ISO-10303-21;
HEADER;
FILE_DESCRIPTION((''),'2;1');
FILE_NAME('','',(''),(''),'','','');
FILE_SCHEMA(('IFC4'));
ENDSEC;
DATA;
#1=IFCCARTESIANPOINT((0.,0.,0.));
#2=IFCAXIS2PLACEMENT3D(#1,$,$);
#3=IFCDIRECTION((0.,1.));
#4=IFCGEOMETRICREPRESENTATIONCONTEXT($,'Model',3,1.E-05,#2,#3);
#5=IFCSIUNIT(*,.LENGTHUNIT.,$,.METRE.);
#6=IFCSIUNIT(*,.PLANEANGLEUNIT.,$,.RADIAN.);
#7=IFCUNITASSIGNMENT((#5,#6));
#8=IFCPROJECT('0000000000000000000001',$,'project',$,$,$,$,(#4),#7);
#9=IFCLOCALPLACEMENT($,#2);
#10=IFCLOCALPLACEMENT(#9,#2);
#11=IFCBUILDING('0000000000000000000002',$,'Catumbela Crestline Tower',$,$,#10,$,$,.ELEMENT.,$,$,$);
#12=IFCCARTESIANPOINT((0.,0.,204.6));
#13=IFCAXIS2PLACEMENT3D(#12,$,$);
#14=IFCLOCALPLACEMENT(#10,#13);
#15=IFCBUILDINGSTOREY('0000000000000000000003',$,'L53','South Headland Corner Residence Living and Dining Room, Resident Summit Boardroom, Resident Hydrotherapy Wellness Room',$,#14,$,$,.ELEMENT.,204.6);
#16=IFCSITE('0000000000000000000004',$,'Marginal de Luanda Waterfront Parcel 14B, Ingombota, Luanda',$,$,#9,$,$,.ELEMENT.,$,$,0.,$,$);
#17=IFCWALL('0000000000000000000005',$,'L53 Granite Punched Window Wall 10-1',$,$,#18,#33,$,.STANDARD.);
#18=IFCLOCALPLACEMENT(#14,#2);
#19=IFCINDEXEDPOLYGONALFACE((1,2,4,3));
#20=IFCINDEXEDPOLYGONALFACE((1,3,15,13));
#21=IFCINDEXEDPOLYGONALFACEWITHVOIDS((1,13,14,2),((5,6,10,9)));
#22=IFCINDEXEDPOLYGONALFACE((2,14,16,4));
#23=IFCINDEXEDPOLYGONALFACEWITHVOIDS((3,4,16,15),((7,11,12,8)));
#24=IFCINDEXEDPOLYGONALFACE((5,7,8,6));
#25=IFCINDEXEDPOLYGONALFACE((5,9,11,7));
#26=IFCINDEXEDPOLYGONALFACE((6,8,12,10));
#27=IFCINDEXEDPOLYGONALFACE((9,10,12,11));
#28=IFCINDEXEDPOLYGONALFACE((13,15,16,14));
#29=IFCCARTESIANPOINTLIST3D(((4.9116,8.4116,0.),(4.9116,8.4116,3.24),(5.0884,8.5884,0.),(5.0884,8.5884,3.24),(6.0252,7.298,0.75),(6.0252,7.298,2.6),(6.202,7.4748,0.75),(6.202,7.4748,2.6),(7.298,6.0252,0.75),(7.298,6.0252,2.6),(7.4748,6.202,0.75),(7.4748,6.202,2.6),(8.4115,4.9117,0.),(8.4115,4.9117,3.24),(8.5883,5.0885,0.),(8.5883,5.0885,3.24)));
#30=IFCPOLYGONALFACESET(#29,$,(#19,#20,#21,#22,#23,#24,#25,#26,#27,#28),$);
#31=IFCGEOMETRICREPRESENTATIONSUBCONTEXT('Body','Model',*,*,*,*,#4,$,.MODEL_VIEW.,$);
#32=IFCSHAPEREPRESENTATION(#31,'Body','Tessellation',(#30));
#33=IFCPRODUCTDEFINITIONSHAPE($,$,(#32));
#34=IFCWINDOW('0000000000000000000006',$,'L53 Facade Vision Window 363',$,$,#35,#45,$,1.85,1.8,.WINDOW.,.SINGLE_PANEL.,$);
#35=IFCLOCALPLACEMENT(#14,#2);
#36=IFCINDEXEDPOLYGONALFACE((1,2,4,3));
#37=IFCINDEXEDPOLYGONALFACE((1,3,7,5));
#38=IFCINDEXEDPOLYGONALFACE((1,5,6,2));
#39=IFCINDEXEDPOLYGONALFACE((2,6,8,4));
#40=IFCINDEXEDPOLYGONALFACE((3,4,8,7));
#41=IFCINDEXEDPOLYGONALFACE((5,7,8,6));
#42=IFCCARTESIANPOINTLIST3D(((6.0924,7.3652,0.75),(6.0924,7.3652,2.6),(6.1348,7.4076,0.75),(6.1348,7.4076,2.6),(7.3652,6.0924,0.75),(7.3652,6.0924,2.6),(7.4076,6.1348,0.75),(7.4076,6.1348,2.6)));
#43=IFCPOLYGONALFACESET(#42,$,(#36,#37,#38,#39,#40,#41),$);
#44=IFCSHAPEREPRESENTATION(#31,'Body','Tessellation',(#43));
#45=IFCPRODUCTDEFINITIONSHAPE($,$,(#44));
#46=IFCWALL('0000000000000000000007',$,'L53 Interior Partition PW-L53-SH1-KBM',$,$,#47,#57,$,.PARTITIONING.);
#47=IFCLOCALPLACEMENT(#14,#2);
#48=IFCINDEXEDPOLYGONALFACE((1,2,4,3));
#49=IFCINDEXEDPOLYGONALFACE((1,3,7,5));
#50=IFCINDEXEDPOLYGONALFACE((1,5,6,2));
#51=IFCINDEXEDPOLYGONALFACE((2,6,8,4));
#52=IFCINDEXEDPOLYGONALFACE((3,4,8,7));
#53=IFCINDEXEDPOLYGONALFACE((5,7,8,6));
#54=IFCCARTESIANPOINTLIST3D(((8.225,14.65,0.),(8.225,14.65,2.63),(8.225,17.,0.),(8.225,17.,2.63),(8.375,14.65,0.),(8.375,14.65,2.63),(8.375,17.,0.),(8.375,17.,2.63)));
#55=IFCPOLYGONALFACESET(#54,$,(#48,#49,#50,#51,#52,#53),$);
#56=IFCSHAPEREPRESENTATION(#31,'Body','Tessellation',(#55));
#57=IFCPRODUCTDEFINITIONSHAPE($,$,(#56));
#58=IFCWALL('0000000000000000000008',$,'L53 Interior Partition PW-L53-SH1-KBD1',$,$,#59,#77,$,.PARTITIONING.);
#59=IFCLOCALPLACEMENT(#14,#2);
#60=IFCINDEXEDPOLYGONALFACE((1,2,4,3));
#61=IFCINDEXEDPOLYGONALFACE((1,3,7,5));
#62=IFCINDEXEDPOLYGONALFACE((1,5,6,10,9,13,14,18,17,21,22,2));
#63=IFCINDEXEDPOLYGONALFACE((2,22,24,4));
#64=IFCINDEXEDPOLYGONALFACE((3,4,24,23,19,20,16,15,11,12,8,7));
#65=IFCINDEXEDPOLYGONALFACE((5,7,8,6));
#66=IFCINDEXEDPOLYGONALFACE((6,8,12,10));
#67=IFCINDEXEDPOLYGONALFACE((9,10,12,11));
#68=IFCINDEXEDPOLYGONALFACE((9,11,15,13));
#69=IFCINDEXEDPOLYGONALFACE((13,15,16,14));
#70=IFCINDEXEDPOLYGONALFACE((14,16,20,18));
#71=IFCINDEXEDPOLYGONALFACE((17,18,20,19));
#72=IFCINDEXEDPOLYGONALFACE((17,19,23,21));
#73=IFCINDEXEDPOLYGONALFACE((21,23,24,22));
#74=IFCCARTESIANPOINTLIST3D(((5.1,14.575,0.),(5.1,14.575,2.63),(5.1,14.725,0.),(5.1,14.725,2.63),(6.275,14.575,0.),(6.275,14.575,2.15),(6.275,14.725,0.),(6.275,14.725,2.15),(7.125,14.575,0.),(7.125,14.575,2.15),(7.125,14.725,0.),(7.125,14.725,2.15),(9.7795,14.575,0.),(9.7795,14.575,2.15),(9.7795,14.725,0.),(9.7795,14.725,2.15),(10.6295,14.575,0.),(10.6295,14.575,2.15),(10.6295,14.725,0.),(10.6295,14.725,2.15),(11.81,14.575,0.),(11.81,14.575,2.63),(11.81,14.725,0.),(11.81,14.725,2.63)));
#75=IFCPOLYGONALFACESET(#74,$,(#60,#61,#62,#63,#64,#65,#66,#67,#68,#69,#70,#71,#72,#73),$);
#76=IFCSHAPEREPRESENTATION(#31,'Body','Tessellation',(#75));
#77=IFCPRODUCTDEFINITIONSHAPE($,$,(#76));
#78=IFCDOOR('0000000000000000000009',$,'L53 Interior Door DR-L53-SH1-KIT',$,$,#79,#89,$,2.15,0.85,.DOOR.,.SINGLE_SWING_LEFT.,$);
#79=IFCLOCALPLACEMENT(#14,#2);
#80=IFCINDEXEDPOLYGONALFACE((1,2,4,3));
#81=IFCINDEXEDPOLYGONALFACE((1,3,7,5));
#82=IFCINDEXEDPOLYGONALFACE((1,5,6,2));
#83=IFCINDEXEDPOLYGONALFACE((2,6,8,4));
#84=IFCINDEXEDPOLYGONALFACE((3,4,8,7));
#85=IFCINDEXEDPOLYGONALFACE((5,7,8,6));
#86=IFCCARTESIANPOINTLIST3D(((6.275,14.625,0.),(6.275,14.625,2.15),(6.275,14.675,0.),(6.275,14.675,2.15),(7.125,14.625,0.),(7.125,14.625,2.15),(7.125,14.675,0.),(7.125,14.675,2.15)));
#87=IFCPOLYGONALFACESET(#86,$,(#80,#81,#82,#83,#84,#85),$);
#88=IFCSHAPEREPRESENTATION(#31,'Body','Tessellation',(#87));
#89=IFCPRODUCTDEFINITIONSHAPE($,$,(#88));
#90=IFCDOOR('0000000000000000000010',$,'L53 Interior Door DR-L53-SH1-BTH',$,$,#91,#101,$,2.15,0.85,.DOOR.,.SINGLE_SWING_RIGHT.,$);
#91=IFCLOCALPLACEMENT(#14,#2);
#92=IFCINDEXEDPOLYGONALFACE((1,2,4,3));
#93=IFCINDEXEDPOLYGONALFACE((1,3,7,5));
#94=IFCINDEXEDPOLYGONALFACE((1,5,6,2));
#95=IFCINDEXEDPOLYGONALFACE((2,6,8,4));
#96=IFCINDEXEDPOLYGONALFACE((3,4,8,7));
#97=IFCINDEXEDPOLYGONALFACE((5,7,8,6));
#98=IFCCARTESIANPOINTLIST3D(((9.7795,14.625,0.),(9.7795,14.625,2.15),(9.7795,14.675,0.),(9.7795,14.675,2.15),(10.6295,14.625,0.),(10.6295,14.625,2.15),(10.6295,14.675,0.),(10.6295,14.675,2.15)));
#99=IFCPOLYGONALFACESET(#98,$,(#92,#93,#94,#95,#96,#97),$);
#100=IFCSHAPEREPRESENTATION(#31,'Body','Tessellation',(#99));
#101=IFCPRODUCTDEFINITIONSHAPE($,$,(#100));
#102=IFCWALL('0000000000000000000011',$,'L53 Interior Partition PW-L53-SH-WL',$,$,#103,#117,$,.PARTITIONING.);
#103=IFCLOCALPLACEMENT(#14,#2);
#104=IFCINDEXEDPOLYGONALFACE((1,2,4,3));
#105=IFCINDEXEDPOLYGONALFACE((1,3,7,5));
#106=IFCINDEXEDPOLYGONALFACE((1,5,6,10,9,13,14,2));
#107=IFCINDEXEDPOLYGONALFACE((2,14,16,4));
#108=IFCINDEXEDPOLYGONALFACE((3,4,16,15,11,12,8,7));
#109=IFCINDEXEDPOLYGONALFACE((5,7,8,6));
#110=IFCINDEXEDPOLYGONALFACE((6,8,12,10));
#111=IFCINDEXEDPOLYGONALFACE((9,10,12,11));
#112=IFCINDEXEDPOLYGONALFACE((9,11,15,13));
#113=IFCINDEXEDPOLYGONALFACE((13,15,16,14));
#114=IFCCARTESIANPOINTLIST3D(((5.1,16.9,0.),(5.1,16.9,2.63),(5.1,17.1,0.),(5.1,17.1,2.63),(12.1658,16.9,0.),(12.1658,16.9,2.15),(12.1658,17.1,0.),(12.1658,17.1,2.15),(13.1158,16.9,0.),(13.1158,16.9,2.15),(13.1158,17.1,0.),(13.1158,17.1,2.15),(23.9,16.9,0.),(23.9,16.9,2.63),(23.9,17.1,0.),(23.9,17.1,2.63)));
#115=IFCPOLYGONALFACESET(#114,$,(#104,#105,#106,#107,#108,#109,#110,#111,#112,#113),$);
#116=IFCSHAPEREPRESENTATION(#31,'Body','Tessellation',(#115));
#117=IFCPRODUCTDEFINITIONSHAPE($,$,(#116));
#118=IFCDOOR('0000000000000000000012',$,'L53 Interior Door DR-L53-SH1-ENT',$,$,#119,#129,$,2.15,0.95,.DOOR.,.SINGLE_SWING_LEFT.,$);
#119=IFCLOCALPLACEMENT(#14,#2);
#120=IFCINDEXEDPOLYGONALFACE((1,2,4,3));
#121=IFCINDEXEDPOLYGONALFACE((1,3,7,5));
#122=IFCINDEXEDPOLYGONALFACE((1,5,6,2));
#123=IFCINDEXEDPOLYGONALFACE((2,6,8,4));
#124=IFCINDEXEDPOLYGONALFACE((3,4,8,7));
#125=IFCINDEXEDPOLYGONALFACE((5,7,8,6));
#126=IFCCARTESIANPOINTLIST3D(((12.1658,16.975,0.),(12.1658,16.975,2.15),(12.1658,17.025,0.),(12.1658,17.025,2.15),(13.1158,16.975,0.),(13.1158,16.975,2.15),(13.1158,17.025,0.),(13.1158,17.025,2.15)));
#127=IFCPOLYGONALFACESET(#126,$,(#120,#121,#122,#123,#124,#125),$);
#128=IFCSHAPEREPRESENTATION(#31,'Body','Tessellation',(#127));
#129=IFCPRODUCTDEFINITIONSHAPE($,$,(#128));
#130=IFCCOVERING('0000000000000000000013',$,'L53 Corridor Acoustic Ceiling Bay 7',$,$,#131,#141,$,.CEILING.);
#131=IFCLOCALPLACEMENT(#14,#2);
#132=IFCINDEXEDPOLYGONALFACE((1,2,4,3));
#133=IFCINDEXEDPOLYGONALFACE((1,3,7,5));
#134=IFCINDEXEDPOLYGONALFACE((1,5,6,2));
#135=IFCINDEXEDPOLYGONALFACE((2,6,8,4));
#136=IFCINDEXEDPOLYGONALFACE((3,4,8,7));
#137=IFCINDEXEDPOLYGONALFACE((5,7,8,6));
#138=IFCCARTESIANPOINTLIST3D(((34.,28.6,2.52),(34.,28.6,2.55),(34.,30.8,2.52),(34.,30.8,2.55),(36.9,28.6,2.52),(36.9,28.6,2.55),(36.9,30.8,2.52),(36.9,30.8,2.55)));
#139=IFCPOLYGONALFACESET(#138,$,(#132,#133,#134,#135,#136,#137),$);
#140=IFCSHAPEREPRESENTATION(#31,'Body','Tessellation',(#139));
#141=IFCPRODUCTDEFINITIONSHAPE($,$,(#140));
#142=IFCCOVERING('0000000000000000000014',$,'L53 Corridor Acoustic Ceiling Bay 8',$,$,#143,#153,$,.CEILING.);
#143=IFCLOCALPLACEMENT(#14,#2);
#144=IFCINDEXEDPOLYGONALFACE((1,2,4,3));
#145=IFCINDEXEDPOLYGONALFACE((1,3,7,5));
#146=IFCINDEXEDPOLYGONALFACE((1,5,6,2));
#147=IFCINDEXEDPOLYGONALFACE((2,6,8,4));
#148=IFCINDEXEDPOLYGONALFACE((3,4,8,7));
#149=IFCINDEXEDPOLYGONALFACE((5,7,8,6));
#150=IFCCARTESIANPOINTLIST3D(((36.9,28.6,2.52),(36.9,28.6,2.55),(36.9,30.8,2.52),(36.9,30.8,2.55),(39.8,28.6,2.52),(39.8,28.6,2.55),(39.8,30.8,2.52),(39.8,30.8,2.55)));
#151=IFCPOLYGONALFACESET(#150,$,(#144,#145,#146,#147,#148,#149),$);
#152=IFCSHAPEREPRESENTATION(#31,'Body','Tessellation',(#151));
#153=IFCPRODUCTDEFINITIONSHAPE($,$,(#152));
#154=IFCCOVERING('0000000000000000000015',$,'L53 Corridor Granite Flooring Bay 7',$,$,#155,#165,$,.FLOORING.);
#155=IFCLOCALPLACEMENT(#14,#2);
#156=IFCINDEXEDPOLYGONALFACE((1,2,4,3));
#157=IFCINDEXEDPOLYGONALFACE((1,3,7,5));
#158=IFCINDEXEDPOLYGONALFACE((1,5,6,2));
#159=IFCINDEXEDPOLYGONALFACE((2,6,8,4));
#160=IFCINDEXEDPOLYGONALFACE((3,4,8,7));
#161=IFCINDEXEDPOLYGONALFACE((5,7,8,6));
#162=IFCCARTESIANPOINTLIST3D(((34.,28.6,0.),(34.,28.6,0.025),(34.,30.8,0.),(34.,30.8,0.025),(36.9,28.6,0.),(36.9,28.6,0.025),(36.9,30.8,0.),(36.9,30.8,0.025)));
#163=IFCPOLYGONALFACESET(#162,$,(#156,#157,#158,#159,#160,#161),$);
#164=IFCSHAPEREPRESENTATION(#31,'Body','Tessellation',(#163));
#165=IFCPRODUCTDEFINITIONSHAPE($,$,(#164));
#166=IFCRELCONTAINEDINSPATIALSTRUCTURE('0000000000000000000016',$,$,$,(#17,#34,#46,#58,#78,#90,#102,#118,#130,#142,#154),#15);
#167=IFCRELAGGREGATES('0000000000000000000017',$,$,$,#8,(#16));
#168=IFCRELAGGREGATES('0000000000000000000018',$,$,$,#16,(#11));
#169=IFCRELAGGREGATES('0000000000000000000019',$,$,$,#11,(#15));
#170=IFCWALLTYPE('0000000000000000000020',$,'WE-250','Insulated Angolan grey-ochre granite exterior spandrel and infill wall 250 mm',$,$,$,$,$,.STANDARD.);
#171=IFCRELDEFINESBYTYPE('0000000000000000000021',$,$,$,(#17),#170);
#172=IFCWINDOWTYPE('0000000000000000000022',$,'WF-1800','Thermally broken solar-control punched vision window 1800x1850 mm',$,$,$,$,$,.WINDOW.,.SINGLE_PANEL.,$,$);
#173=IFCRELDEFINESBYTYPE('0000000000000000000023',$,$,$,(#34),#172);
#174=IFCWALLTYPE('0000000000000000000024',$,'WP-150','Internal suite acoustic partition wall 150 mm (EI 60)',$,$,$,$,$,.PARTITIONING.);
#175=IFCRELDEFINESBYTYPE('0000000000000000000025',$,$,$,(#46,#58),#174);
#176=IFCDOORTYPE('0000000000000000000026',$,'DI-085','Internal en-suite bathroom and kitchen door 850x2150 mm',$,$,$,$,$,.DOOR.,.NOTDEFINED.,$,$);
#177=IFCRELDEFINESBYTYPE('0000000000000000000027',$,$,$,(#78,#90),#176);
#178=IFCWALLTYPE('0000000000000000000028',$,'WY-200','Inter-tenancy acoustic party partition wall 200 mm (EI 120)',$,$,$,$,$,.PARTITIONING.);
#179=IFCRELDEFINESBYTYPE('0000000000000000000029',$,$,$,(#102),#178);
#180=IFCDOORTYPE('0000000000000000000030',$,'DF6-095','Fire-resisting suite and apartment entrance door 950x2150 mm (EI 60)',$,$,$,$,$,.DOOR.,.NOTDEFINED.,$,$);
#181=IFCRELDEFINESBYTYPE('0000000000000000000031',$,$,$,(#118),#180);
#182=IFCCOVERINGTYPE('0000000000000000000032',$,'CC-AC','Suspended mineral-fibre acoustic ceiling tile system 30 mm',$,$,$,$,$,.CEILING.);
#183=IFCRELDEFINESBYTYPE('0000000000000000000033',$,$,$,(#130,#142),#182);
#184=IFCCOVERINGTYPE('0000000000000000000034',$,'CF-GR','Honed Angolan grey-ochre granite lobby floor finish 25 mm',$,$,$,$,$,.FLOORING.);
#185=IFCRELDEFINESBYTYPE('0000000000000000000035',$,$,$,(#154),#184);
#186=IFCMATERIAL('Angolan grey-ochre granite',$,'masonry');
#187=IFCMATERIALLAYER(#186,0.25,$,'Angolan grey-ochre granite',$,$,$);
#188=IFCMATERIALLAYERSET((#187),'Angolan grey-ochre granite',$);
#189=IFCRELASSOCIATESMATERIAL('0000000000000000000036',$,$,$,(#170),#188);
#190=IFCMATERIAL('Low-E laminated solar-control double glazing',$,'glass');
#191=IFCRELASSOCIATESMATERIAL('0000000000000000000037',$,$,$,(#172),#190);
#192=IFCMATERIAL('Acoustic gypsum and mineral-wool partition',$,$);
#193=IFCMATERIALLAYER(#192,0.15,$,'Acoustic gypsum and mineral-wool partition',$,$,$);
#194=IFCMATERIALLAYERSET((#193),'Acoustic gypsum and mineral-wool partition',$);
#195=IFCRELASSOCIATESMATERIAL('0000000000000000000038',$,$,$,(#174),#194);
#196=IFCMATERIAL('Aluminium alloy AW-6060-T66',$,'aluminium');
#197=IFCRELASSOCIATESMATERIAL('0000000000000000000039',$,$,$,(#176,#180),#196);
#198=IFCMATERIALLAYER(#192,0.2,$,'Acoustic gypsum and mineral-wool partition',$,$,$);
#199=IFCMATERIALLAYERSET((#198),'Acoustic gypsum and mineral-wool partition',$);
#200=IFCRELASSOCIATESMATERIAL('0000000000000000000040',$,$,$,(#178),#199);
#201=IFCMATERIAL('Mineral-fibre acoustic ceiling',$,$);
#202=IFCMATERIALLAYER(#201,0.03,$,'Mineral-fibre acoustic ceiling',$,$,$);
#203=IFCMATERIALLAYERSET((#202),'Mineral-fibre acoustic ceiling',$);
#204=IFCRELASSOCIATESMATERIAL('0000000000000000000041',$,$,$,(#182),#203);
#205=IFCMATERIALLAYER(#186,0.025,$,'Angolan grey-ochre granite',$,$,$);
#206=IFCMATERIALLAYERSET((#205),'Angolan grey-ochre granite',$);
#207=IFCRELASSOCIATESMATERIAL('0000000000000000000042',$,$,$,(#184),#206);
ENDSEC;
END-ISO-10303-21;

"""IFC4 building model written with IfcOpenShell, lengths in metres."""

from ifc_helpers import new_model, si_unit, direction, frame, frame_2d, origin, place, context, subcontext, project, spatial, polyline, rectangle, outline, extrude, material, layer, layer_set, type_object, element, fill, save


model = new_model("IFC4")

# Units and contexts
model_context = context("Model", 3, precision=1e-05, world=origin(), true_north=direction((0.0, 1.0)))
body_context = subcontext(model_context, "Body", "Model", "MODEL_VIEW")
ifc_project = project(units=[si_unit("LENGTHUNIT", "METRE"), si_unit("PLANEANGLEUNIT", "RADIAN")], contexts=[model_context])

# Site, building, storey
site_placement = place(None, origin())
site = spatial("IfcSite", under=ifc_project, at=site_placement, Name="Marginal de Luanda Waterfront Parcel 14B, Ingombota, Luanda", CompositionType="ELEMENT", RefElevation=0.0)
building_placement = place(site_placement, origin())
building = spatial("IfcBuilding", under=site, at=building_placement, Name="Catumbela Crestline Tower", CompositionType="ELEMENT")
storey_placement = place(building_placement, frame((0.0, 0.0, 204.6)))
storey = spatial("IfcBuildingStorey", under=building, at=storey_placement, Name="L53", Description="South Headland Corner Residence Living and Dining Room, Resident Summit Boardroom, Resident Hydrotherapy Wellness Room", CompositionType="ELEMENT", Elevation=204.6)

# Shared definitions
ifc_material_1 = material(Name="Aluminium alloy AW-6060-T66", Category="aluminium")
ifc_material_2 = material(Name="Low-E laminated solar-control double glazing", Category="glass")

# Wall, opening, window
ifc_material_3 = material(Name="Angolan grey-ochre granite", Category="masonry")
ifc_layer_1 = layer(ifc_material_3, 0.25, Name="Angolan grey-ochre granite")
ifc_layer_set_1 = layer_set([ifc_layer_1], Name="Angolan grey-ochre granite")
wall_type_1 = type_object("IfcWallType", Name="WE-250", Description="Insulated Angolan grey-ochre granite exterior spandrel and infill wall 250 mm", PredefinedType="STANDARD", material=ifc_layer_set_1)
wall_1_placement = place(storey_placement, frame((5.0, 8.5, 0.0), z_axis=(0.0, 0.0, 1.0), x_axis=(0.707107, -0.707107, 0.0)))
wall_1 = element("IfcWall", 1, at=wall_1_placement, inside=storey, type_object=wall_type_1, Name="L53 Granite Punched Window Wall 10-1", PredefinedType="STANDARD", context=body_context, shape_type="SweptSolid", body=[
    extrude(rectangle(XDim=4.9497, YDim=0.25, at=frame_2d((2.4748, 0.0))), origin(), (0.0, 0.0, 1.0), 3.24),
])
opening_1_placement = place(wall_1_placement, frame((1.5749, 0.0, 0.75)))
opening_1 = element("IfcOpeningElement", 2, at=opening_1_placement, cuts=wall_1, PredefinedType="OPENING", context=body_context, shape_type="SweptSolid", body=[
    extrude(rectangle(XDim=1.8, YDim=1.85, at=frame_2d((0.9, 0.925))), frame((0.0, 0.135, 0.0), z_axis=(0.0, -1.0, 0.0), x_axis=(1.0, 0.0, 0.0)), (0.0, 0.0, 1.0), 0.27),
])
window_type_1 = type_object("IfcWindowType", Name="WF-1800", Description="Thermally broken solar-control punched vision window 1800x1850 mm", PartitioningType="SINGLE_PANEL", PredefinedType="WINDOW", material=ifc_material_2)
window_1_placement = place(opening_1_placement, origin())
window_1 = element("IfcWindow", 3, at=window_1_placement, inside=storey, type_object=window_type_1, Name="L53 Facade Vision Window 363", OverallHeight=1.85, OverallWidth=1.8, PartitioningType="SINGLE_PANEL", PredefinedType="WINDOW", context=body_context, shape_type="SweptSolid", body=[
    extrude(rectangle(XDim=1.8, YDim=1.85, at=frame_2d((0.9, 0.925))), frame((0.0, 0.03, 0.0), z_axis=(0.0, -1.0, 0.0), x_axis=(1.0, 0.0, 0.0)), (0.0, 0.0, 1.0), 0.06),
])
fill(opening_1, window_1)

# Wall
ifc_material_4 = material(Name="Acoustic gypsum and mineral-wool partition")
ifc_layer_2 = layer(ifc_material_4, 0.15, Name="Acoustic gypsum and mineral-wool partition")
ifc_layer_set_2 = layer_set([ifc_layer_2], Name="Acoustic gypsum and mineral-wool partition")
wall_type_2 = type_object("IfcWallType", Name="WP-150", Description="Internal suite acoustic partition wall 150 mm (EI 60)", PredefinedType="PARTITIONING", material=ifc_layer_set_2)
wall_2_placement = place(storey_placement, frame((8.3, 14.65, 0.0), z_axis=(0.0, 0.0, 1.0), x_axis=(0.0, 1.0, 0.0)))
element("IfcWall", 4, at=wall_2_placement, inside=storey, type_object=wall_type_2, Name="L53 Interior Partition PW-L53-SH1-KBM", PredefinedType="PARTITIONING", context=body_context, shape_type="SweptSolid", body=[
    extrude(rectangle(XDim=2.35, YDim=0.15, at=frame_2d((1.175, 0.0))), origin(), (0.0, 0.0, 1.0), 2.63),
])

# Wall, openings, doors
wall_3_placement = place(storey_placement, frame((5.1, 14.65, 0.0), z_axis=(0.0, 0.0, 1.0), x_axis=(1.0, 0.0, 0.0)))
wall_3 = element("IfcWall", 5, at=wall_3_placement, inside=storey, type_object=wall_type_2, Name="L53 Interior Partition PW-L53-SH1-KBD1", PredefinedType="PARTITIONING", context=body_context, shape_type="SweptSolid", body=[
    extrude(rectangle(XDim=6.71, YDim=0.15, at=frame_2d((3.355, 0.0))), origin(), (0.0, 0.0, 1.0), 2.63),
])
opening_2_placement = place(wall_3_placement, frame((1.175, 0.0, 0.0)))
opening_2 = element("IfcOpeningElement", 6, at=opening_2_placement, cuts=wall_3, PredefinedType="OPENING", context=body_context, shape_type="SweptSolid", body=[
    extrude(rectangle(XDim=0.85, YDim=2.15, at=frame_2d((0.425, 1.075))), frame((0.0, 0.085, 0.0), z_axis=(0.0, -1.0, 0.0), x_axis=(1.0, 0.0, 0.0)), (0.0, 0.0, 1.0), 0.17),
])
opening_3_placement = place(wall_3_placement, frame((4.6795, 0.0, 0.0)))
opening_3 = element("IfcOpeningElement", 7, at=opening_3_placement, cuts=wall_3, PredefinedType="OPENING", context=body_context, shape_type="SweptSolid", body=[
    extrude(rectangle(XDim=0.85, YDim=2.15, at=frame_2d((0.425, 1.075))), frame((0.0, 0.085, 0.0), z_axis=(0.0, -1.0, 0.0), x_axis=(1.0, 0.0, 0.0)), (0.0, 0.0, 1.0), 0.17),
])
door_type_1 = type_object("IfcDoorType", Name="DI-085", Description="Internal en-suite bathroom and kitchen door 850x2150 mm", OperationType="NOTDEFINED", PredefinedType="DOOR", material=ifc_material_1)
door_1_placement = place(opening_2_placement, origin())
door_1 = element("IfcDoor", 8, at=door_1_placement, inside=storey, type_object=door_type_1, Name="L53 Interior Door DR-L53-SH1-KIT", OperationType="SINGLE_SWING_LEFT", OverallHeight=2.15, OverallWidth=0.85, PredefinedType="DOOR", context=body_context, shape_type="SweptSolid", body=[
    extrude(rectangle(XDim=0.85, YDim=2.15, at=frame_2d((0.425, 1.075))), frame((0.0, 0.025, 0.0), z_axis=(0.0, -1.0, 0.0), x_axis=(1.0, 0.0, 0.0)), (0.0, 0.0, 1.0), 0.05),
])
fill(opening_2, door_1)
door_2_placement = place(opening_3_placement, origin())
door_2 = element("IfcDoor", 9, at=door_2_placement, inside=storey, type_object=door_type_1, Name="L53 Interior Door DR-L53-SH1-BTH", OperationType="SINGLE_SWING_RIGHT", OverallHeight=2.15, OverallWidth=0.85, PredefinedType="DOOR", context=body_context, shape_type="SweptSolid", body=[
    extrude(rectangle(XDim=0.85, YDim=2.15, at=frame_2d((0.425, 1.075))), frame((0.0, 0.025, 0.0), z_axis=(0.0, -1.0, 0.0), x_axis=(1.0, 0.0, 0.0)), (0.0, 0.0, 1.0), 0.05),
])
fill(opening_3, door_2)

# Wall, opening, door
ifc_layer_3 = layer(ifc_material_4, 0.2, Name="Acoustic gypsum and mineral-wool partition")
ifc_layer_set_3 = layer_set([ifc_layer_3], Name="Acoustic gypsum and mineral-wool partition")
wall_type_3 = type_object("IfcWallType", Name="WY-200", Description="Inter-tenancy acoustic party partition wall 200 mm (EI 120)", PredefinedType="PARTITIONING", material=ifc_layer_set_3)
wall_4_placement = place(storey_placement, frame((5.1, 17.0, 0.0), z_axis=(0.0, 0.0, 1.0), x_axis=(1.0, 0.0, 0.0)))
wall_4 = element("IfcWall", 10, at=wall_4_placement, inside=storey, type_object=wall_type_3, Name="L53 Interior Partition PW-L53-SH-WL", PredefinedType="PARTITIONING", context=body_context, shape_type="SweptSolid", body=[
    extrude(rectangle(XDim=18.8, YDim=0.2, at=frame_2d((9.4, 0.0))), origin(), (0.0, 0.0, 1.0), 2.63),
])
opening_4_placement = place(wall_4_placement, frame((7.0658, 0.0, 0.0)))
opening_4 = element("IfcOpeningElement", 11, at=opening_4_placement, cuts=wall_4, PredefinedType="OPENING", context=body_context, shape_type="SweptSolid", body=[
    extrude(rectangle(XDim=0.95, YDim=2.15, at=frame_2d((0.475, 1.075))), frame((0.0, 0.11, 0.0), z_axis=(0.0, -1.0, 0.0), x_axis=(1.0, 0.0, 0.0)), (0.0, 0.0, 1.0), 0.22),
])
door_type_2 = type_object("IfcDoorType", Name="DF6-095", Description="Fire-resisting suite and apartment entrance door 950x2150 mm (EI 60)", OperationType="NOTDEFINED", PredefinedType="DOOR", material=ifc_material_1)
door_3_placement = place(opening_4_placement, origin())
door_3 = element("IfcDoor", 12, at=door_3_placement, inside=storey, type_object=door_type_2, Name="L53 Interior Door DR-L53-SH1-ENT", OperationType="SINGLE_SWING_LEFT", OverallHeight=2.15, OverallWidth=0.95, PredefinedType="DOOR", context=body_context, shape_type="SweptSolid", body=[
    extrude(rectangle(XDim=0.95, YDim=2.15, at=frame_2d((0.475, 1.075))), frame((0.0, 0.025, 0.0), z_axis=(0.0, -1.0, 0.0), x_axis=(1.0, 0.0, 0.0)), (0.0, 0.0, 1.0), 0.05),
])
fill(opening_4, door_3)

# Coverings
ifc_material_5 = material(Name="Mineral-fibre acoustic ceiling")
ifc_layer_4 = layer(ifc_material_5, 0.03, Name="Mineral-fibre acoustic ceiling")
ifc_layer_set_4 = layer_set([ifc_layer_4], Name="Mineral-fibre acoustic ceiling")
covering_type_1 = type_object("IfcCoveringType", Name="CC-AC", Description="Suspended mineral-fibre acoustic ceiling tile system 30 mm", PredefinedType="CEILING", material=ifc_layer_set_4)
covering_1_placement = place(storey_placement, frame((0.0, 0.0, 2.52)))
element("IfcCovering", 13, at=covering_1_placement, inside=storey, type_object=covering_type_1, Name="L53 Corridor Acoustic Ceiling Bay 7", PredefinedType="CEILING", context=body_context, shape_type="SweptSolid", body=[
    extrude(outline(polyline([(34.0, 28.6), (36.9, 28.6), (36.9, 30.8), (34.0, 30.8), (34.0, 28.6)])), origin(), (0.0, 0.0, 1.0), 0.03),
])
covering_2_placement = place(storey_placement, frame((0.0, 0.0, 2.52)))
element("IfcCovering", 14, at=covering_2_placement, inside=storey, type_object=covering_type_1, Name="L53 Corridor Acoustic Ceiling Bay 8", PredefinedType="CEILING", context=body_context, shape_type="SweptSolid", body=[
    extrude(outline(polyline([(36.9, 28.6), (39.8, 28.6), (39.8, 30.8), (36.9, 30.8), (36.9, 28.6)])), origin(), (0.0, 0.0, 1.0), 0.03),
])
ifc_layer_5 = layer(ifc_material_3, 0.025, Name="Angolan grey-ochre granite")
ifc_layer_set_5 = layer_set([ifc_layer_5], Name="Angolan grey-ochre granite")
covering_type_2 = type_object("IfcCoveringType", Name="CF-GR", Description="Honed Angolan grey-ochre granite lobby floor finish 25 mm", PredefinedType="FLOORING", material=ifc_layer_set_5)
covering_3_placement = place(storey_placement, origin())
element("IfcCovering", 15, at=covering_3_placement, inside=storey, type_object=covering_type_2, Name="L53 Corridor Granite Flooring Bay 7", PredefinedType="FLOORING", context=body_context, shape_type="SweptSolid", body=[
    extrude(outline(polyline([(34.0, 28.6), (36.9, 28.6), (36.9, 30.8), (34.0, 30.8), (34.0, 28.6)])), origin(), (0.0, 0.0, 1.0), 0.025),
])

save(model, "model.ifc")
